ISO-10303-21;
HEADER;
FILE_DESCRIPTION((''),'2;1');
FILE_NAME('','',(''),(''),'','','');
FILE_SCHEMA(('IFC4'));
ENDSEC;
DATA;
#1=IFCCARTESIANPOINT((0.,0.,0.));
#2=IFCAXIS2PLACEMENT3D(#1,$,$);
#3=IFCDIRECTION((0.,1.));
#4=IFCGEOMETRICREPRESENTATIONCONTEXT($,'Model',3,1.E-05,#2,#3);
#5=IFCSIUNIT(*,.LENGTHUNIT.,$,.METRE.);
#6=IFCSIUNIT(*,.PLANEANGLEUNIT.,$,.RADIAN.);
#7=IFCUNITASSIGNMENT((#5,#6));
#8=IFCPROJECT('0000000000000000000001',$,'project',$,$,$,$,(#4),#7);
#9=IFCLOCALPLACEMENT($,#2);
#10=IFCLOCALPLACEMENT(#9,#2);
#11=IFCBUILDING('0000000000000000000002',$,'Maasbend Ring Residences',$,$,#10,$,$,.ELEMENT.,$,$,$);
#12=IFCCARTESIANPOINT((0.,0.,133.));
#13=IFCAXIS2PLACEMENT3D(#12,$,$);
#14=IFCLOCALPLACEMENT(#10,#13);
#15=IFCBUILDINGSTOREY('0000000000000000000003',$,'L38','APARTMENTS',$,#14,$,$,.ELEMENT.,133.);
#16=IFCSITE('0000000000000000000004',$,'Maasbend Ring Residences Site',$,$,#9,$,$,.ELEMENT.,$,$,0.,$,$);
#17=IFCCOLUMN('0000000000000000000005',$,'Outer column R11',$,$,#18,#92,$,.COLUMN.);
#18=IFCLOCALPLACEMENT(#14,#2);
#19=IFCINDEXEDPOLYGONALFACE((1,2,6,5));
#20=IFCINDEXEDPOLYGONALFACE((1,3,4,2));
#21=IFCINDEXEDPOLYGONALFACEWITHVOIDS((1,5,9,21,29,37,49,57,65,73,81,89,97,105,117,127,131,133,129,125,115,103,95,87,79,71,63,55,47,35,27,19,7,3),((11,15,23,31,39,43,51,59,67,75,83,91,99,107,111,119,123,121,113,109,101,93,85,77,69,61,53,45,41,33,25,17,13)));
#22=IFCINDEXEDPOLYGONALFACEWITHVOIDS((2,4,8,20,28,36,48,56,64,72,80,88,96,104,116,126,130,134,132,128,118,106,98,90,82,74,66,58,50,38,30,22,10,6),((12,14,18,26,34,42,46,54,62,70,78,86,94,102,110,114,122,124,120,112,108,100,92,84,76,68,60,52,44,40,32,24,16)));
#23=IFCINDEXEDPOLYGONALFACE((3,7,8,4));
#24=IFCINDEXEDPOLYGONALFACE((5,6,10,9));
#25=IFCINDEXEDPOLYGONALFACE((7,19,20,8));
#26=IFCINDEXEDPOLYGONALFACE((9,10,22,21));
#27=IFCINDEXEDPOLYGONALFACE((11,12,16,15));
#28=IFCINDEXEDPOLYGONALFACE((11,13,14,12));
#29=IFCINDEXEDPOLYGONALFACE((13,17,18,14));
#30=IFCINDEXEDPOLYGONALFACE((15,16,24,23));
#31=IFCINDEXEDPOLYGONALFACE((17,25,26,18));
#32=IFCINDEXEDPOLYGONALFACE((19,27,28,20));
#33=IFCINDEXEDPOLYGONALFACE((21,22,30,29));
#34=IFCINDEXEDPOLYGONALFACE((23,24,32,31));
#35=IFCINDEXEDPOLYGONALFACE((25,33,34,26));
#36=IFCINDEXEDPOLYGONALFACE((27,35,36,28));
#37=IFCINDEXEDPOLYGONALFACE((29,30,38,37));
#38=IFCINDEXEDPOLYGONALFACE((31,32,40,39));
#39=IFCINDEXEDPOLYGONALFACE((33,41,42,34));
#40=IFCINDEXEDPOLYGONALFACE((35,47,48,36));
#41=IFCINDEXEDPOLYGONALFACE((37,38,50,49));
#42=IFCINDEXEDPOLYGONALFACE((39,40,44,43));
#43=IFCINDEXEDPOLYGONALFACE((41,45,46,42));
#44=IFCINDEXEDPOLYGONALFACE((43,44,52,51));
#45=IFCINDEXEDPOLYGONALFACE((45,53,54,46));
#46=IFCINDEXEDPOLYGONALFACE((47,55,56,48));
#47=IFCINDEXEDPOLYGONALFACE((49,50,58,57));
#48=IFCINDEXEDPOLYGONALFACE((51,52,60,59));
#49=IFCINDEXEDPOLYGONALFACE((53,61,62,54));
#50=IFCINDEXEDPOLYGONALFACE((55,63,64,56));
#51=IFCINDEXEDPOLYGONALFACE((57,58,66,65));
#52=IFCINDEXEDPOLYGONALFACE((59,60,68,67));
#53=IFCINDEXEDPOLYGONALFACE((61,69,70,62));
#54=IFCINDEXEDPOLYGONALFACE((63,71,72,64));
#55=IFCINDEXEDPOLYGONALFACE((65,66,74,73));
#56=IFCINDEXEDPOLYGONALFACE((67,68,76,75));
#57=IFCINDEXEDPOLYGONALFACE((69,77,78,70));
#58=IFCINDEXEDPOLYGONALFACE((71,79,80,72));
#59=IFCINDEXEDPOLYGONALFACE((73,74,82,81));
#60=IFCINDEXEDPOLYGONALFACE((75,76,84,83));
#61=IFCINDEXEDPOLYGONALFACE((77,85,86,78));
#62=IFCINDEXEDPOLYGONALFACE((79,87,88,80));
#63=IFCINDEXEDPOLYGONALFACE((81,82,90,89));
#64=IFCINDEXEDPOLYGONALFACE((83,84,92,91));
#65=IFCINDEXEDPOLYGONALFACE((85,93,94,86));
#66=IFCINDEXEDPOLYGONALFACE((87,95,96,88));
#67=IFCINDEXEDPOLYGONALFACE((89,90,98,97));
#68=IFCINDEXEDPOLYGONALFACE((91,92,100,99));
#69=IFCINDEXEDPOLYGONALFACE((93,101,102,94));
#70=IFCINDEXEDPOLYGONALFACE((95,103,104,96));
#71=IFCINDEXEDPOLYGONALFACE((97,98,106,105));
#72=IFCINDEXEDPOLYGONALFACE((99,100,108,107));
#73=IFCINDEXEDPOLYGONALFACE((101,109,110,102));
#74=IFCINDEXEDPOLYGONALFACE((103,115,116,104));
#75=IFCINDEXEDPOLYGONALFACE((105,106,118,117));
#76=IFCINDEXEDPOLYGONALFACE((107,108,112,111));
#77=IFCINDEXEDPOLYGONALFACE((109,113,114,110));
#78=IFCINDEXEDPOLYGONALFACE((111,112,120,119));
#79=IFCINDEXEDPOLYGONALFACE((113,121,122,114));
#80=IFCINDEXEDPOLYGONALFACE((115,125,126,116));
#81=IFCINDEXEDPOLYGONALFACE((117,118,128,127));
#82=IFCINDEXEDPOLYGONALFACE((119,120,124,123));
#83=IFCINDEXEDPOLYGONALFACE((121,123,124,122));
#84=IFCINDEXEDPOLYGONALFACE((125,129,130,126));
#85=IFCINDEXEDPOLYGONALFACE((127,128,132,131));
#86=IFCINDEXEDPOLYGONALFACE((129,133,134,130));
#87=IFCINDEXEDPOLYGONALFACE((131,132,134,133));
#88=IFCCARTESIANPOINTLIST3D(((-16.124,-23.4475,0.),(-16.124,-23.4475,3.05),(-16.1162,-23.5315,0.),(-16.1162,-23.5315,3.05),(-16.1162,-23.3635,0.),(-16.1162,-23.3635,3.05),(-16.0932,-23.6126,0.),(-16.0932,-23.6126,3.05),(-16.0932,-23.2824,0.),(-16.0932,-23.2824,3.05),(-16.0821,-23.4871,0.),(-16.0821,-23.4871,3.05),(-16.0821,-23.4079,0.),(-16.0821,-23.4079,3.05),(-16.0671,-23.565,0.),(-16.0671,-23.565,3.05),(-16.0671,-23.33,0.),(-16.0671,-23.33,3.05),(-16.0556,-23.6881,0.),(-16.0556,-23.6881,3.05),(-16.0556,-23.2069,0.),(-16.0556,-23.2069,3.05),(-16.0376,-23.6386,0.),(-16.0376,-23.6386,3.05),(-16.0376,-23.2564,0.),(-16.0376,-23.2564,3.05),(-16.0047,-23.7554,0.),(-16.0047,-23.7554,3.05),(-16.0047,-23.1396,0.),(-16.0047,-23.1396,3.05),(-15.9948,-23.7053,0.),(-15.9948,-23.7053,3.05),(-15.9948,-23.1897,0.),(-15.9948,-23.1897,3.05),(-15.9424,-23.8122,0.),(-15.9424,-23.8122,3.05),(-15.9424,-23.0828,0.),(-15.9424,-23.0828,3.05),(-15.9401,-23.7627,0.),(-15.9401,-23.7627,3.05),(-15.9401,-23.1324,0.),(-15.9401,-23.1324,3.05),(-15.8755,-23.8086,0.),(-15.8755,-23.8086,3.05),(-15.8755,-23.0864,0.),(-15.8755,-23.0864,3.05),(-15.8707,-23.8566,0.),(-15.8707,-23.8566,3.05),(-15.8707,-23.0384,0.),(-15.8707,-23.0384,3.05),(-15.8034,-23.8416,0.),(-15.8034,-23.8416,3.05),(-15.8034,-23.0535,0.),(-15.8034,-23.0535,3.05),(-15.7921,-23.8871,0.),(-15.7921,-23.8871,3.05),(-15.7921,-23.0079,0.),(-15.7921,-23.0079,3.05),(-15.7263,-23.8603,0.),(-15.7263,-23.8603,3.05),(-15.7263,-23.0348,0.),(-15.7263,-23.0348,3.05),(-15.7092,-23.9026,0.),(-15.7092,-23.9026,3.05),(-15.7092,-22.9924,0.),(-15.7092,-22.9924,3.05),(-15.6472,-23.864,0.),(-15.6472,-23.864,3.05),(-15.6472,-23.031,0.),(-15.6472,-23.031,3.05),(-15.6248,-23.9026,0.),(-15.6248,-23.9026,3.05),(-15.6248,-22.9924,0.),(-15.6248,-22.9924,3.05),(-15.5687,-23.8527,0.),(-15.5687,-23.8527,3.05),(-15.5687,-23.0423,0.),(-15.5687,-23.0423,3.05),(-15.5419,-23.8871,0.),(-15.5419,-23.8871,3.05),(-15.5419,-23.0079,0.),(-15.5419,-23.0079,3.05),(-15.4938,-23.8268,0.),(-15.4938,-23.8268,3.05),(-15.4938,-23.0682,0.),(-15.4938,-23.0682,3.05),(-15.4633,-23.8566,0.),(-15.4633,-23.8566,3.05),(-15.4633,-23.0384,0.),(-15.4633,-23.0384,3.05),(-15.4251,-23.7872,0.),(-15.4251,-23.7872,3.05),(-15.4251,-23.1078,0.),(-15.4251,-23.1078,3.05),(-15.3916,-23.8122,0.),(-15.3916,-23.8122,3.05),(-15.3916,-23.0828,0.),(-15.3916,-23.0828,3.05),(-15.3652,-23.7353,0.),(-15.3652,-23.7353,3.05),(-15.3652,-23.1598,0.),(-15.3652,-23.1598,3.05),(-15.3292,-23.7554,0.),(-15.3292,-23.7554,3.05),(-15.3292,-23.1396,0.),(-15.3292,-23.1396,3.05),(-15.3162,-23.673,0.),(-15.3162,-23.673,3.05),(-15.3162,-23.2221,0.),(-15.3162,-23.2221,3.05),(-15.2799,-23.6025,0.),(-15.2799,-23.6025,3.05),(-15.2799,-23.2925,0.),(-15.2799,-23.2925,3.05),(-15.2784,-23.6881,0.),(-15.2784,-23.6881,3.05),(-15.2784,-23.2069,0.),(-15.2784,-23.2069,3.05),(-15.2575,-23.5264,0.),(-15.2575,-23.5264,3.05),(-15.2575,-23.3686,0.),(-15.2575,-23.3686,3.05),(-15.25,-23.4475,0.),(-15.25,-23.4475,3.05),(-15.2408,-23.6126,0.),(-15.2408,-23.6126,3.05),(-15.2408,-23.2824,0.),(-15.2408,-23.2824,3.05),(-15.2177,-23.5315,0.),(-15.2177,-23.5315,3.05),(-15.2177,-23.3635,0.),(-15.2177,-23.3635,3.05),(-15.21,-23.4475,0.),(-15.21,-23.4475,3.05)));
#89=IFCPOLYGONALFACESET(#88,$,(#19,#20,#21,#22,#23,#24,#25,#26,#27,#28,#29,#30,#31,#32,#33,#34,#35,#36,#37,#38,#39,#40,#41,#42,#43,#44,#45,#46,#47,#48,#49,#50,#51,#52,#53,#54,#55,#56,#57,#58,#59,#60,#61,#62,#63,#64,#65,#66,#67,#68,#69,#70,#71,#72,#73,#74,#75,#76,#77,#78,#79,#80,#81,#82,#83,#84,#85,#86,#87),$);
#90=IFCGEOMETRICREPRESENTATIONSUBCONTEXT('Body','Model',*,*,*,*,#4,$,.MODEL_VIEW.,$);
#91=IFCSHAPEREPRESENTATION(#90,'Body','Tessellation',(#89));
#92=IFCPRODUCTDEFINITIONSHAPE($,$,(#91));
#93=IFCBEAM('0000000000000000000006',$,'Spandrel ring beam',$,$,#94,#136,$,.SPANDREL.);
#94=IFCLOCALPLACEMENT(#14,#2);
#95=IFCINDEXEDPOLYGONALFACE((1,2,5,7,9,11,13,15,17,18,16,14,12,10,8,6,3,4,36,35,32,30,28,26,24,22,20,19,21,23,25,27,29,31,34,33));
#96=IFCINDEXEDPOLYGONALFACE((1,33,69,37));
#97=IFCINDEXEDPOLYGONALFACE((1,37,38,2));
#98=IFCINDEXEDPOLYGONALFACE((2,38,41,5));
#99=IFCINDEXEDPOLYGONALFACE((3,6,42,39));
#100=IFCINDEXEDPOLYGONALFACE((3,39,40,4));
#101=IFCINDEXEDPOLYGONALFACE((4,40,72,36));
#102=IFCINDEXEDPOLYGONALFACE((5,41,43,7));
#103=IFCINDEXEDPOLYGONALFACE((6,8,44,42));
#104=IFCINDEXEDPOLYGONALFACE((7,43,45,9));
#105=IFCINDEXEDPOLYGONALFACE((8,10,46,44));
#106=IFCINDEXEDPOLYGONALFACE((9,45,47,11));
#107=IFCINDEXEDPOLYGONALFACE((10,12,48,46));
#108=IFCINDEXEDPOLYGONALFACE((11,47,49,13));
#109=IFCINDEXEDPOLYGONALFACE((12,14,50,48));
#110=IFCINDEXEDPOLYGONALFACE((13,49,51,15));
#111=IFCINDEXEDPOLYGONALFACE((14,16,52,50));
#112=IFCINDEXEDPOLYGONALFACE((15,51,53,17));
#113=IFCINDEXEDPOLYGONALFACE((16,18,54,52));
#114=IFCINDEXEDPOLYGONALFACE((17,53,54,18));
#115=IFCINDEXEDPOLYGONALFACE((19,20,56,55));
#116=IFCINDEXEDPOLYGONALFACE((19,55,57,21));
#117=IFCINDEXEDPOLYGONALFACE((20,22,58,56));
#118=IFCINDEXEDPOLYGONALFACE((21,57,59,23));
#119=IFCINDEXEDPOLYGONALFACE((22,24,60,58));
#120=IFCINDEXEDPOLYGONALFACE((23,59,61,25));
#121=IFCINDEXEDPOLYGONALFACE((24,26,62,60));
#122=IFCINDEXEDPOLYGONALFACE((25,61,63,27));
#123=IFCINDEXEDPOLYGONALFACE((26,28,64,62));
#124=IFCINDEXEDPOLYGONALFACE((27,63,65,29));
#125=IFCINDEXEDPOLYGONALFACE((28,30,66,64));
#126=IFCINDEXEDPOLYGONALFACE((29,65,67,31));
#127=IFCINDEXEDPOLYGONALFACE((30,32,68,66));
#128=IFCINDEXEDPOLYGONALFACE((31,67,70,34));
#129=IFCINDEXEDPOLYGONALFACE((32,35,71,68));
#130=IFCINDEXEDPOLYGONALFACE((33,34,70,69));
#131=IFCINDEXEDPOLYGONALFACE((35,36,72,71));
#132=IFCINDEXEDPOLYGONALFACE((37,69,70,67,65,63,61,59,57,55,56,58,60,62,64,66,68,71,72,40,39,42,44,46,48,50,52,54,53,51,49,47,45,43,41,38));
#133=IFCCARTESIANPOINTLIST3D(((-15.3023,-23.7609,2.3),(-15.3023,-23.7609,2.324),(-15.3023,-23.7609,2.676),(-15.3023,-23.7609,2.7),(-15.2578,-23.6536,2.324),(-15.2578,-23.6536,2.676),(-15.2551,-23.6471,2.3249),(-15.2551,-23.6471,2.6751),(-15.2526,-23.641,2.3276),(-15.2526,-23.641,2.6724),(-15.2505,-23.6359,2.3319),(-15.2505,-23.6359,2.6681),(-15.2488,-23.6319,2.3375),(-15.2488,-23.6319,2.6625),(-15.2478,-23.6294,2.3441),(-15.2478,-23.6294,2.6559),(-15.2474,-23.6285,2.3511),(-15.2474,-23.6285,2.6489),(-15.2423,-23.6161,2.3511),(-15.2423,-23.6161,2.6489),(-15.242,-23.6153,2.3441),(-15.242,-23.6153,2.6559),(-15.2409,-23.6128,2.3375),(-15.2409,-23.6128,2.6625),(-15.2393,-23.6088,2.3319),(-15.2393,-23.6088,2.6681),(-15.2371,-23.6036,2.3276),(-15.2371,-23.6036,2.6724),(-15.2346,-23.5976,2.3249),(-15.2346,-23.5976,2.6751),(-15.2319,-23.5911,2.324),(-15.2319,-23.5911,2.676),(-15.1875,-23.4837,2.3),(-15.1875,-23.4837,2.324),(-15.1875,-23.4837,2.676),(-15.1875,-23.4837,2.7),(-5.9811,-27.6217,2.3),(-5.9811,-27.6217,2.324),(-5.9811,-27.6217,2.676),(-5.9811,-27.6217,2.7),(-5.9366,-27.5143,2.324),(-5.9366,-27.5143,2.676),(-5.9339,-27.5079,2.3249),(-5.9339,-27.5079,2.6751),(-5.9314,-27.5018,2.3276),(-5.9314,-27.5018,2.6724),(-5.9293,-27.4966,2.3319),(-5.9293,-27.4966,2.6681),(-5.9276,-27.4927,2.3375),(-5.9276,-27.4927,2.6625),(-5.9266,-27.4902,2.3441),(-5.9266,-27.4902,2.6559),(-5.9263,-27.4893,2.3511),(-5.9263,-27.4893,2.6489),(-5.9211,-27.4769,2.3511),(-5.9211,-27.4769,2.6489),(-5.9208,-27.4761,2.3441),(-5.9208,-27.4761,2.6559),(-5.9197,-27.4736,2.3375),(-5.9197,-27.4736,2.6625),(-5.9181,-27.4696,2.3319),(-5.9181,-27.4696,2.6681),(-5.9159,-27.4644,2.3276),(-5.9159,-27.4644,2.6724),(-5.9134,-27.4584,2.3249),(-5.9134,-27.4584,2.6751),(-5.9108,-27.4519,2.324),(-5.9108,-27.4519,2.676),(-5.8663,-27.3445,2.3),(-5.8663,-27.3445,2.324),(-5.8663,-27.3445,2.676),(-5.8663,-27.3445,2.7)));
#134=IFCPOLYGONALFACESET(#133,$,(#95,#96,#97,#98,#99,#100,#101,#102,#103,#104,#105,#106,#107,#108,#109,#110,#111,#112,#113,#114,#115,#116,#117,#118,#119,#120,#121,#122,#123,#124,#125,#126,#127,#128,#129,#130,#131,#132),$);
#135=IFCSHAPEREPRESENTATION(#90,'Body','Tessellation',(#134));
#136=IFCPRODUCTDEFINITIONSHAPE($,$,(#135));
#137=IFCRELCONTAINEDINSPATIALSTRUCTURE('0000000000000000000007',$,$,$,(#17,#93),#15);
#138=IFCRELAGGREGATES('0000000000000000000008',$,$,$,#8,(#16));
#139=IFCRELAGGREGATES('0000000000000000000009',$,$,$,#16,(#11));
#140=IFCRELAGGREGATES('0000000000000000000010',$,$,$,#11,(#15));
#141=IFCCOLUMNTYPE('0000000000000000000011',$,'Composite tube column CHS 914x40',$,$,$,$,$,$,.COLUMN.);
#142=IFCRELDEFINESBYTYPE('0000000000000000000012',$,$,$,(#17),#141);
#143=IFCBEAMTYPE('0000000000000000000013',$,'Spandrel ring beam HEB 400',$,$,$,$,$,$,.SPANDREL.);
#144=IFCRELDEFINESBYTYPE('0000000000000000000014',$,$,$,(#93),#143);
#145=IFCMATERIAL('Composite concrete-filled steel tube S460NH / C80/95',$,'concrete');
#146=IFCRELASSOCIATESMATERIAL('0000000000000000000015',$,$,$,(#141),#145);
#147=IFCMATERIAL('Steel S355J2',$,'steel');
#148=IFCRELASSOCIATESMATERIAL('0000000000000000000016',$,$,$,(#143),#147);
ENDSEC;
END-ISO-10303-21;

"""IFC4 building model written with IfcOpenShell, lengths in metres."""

from ifc_helpers import new_model, si_unit, direction, frame, origin, origin_2d, place, context, subcontext, project, spatial, hollow_circle, i_section, extrude, material, material_profile, profile_set, type_object, element, save


model = new_model("IFC4")

# Units and contexts
model_context = context("Model", 3, precision=1e-05, world=origin(), true_north=direction((0.0, 1.0)))
body_context = subcontext(model_context, "Body", "Model", "MODEL_VIEW")
ifc_project = project(units=[si_unit("LENGTHUNIT", "METRE"), si_unit("PLANEANGLEUNIT", "RADIAN")], contexts=[model_context])

# Site, building, storey
site_placement = place(None, origin())
site = spatial("IfcSite", under=ifc_project, at=site_placement, Name="Maasbend Ring Residences Site", CompositionType="ELEMENT", RefElevation=0.0)
building_placement = place(site_placement, origin())
building = spatial("IfcBuilding", under=site, at=building_placement, Name="Maasbend Ring Residences", CompositionType="ELEMENT")
storey_placement = place(building_placement, frame((0.0, 0.0, 133.0)))
storey = spatial("IfcBuildingStorey", under=building, at=storey_placement, Name="L38", Description="APARTMENTS", CompositionType="ELEMENT", Elevation=133.0)

# Column
ifc_material_1 = material(Name="Composite concrete-filled steel tube S460NH / C80/95", Category="concrete")
ifc_material_profile_1 = material_profile(ifc_material_1, hollow_circle(Radius=0.457, WallThickness=0.04, at=origin_2d()), Name="Composite tube column CHS 914x40")
ifc_profile_set_1 = profile_set([ifc_material_profile_1], Name="Composite concrete-filled steel tube S460NH / C80/95")
column_type = type_object("IfcColumnType", Name="Composite tube column CHS 914x40", PredefinedType="COLUMN", material=ifc_profile_set_1)
column_placement = place(storey_placement, frame((-15.667, -23.4475, 0.0), z_axis=(0.0, 0.0, 1.0), x_axis=(1.0, 0.0, 0.0)))
element("IfcColumn", 1, at=column_placement, inside=storey, type_object=column_type, Name="Outer column R11", PredefinedType="COLUMN", context=body_context, shape_type="SweptSolid", body=[
    extrude(hollow_circle(Radius=0.457, WallThickness=0.04, at=origin_2d()), origin(), (0.0, 0.0, 1.0), 3.05),
])

# Beam
ifc_material_2 = material(Name="Steel S355J2", Category="steel")
ifc_material_profile_2 = material_profile(ifc_material_2, i_section(OverallWidth=0.3, OverallDepth=0.3999, WebThickness=0.0134, FlangeThickness=0.0239, FilletRadius=0.0271, at=origin_2d()), Name="HEB 400")
ifc_profile_set_2 = profile_set([ifc_material_profile_2], Name="Steel S355J2")
beam_type = type_object("IfcBeamType", Name="Spandrel ring beam HEB 400", PredefinedType="SPANDREL", material=ifc_profile_set_2)
beam_placement = place(storey_placement, frame((-15.2449, -23.6223, 2.5), z_axis=(0.923885, -0.38267, 0.0), x_axis=(0.38267, 0.923885, 0.0)))
element("IfcBeam", 2, at=beam_placement, inside=storey, type_object=beam_type, Name="Spandrel ring beam", PredefinedType="SPANDREL", context=body_context, shape_type="SweptSolid", body=[
    extrude(i_section(OverallWidth=0.3, OverallDepth=0.3999, WebThickness=0.0134, FlangeThickness=0.0239, FilletRadius=0.0271, at=origin_2d()), origin(), (0.0, 0.0, 1.0), 10.0891),
])

save(model, "model.ifc")
